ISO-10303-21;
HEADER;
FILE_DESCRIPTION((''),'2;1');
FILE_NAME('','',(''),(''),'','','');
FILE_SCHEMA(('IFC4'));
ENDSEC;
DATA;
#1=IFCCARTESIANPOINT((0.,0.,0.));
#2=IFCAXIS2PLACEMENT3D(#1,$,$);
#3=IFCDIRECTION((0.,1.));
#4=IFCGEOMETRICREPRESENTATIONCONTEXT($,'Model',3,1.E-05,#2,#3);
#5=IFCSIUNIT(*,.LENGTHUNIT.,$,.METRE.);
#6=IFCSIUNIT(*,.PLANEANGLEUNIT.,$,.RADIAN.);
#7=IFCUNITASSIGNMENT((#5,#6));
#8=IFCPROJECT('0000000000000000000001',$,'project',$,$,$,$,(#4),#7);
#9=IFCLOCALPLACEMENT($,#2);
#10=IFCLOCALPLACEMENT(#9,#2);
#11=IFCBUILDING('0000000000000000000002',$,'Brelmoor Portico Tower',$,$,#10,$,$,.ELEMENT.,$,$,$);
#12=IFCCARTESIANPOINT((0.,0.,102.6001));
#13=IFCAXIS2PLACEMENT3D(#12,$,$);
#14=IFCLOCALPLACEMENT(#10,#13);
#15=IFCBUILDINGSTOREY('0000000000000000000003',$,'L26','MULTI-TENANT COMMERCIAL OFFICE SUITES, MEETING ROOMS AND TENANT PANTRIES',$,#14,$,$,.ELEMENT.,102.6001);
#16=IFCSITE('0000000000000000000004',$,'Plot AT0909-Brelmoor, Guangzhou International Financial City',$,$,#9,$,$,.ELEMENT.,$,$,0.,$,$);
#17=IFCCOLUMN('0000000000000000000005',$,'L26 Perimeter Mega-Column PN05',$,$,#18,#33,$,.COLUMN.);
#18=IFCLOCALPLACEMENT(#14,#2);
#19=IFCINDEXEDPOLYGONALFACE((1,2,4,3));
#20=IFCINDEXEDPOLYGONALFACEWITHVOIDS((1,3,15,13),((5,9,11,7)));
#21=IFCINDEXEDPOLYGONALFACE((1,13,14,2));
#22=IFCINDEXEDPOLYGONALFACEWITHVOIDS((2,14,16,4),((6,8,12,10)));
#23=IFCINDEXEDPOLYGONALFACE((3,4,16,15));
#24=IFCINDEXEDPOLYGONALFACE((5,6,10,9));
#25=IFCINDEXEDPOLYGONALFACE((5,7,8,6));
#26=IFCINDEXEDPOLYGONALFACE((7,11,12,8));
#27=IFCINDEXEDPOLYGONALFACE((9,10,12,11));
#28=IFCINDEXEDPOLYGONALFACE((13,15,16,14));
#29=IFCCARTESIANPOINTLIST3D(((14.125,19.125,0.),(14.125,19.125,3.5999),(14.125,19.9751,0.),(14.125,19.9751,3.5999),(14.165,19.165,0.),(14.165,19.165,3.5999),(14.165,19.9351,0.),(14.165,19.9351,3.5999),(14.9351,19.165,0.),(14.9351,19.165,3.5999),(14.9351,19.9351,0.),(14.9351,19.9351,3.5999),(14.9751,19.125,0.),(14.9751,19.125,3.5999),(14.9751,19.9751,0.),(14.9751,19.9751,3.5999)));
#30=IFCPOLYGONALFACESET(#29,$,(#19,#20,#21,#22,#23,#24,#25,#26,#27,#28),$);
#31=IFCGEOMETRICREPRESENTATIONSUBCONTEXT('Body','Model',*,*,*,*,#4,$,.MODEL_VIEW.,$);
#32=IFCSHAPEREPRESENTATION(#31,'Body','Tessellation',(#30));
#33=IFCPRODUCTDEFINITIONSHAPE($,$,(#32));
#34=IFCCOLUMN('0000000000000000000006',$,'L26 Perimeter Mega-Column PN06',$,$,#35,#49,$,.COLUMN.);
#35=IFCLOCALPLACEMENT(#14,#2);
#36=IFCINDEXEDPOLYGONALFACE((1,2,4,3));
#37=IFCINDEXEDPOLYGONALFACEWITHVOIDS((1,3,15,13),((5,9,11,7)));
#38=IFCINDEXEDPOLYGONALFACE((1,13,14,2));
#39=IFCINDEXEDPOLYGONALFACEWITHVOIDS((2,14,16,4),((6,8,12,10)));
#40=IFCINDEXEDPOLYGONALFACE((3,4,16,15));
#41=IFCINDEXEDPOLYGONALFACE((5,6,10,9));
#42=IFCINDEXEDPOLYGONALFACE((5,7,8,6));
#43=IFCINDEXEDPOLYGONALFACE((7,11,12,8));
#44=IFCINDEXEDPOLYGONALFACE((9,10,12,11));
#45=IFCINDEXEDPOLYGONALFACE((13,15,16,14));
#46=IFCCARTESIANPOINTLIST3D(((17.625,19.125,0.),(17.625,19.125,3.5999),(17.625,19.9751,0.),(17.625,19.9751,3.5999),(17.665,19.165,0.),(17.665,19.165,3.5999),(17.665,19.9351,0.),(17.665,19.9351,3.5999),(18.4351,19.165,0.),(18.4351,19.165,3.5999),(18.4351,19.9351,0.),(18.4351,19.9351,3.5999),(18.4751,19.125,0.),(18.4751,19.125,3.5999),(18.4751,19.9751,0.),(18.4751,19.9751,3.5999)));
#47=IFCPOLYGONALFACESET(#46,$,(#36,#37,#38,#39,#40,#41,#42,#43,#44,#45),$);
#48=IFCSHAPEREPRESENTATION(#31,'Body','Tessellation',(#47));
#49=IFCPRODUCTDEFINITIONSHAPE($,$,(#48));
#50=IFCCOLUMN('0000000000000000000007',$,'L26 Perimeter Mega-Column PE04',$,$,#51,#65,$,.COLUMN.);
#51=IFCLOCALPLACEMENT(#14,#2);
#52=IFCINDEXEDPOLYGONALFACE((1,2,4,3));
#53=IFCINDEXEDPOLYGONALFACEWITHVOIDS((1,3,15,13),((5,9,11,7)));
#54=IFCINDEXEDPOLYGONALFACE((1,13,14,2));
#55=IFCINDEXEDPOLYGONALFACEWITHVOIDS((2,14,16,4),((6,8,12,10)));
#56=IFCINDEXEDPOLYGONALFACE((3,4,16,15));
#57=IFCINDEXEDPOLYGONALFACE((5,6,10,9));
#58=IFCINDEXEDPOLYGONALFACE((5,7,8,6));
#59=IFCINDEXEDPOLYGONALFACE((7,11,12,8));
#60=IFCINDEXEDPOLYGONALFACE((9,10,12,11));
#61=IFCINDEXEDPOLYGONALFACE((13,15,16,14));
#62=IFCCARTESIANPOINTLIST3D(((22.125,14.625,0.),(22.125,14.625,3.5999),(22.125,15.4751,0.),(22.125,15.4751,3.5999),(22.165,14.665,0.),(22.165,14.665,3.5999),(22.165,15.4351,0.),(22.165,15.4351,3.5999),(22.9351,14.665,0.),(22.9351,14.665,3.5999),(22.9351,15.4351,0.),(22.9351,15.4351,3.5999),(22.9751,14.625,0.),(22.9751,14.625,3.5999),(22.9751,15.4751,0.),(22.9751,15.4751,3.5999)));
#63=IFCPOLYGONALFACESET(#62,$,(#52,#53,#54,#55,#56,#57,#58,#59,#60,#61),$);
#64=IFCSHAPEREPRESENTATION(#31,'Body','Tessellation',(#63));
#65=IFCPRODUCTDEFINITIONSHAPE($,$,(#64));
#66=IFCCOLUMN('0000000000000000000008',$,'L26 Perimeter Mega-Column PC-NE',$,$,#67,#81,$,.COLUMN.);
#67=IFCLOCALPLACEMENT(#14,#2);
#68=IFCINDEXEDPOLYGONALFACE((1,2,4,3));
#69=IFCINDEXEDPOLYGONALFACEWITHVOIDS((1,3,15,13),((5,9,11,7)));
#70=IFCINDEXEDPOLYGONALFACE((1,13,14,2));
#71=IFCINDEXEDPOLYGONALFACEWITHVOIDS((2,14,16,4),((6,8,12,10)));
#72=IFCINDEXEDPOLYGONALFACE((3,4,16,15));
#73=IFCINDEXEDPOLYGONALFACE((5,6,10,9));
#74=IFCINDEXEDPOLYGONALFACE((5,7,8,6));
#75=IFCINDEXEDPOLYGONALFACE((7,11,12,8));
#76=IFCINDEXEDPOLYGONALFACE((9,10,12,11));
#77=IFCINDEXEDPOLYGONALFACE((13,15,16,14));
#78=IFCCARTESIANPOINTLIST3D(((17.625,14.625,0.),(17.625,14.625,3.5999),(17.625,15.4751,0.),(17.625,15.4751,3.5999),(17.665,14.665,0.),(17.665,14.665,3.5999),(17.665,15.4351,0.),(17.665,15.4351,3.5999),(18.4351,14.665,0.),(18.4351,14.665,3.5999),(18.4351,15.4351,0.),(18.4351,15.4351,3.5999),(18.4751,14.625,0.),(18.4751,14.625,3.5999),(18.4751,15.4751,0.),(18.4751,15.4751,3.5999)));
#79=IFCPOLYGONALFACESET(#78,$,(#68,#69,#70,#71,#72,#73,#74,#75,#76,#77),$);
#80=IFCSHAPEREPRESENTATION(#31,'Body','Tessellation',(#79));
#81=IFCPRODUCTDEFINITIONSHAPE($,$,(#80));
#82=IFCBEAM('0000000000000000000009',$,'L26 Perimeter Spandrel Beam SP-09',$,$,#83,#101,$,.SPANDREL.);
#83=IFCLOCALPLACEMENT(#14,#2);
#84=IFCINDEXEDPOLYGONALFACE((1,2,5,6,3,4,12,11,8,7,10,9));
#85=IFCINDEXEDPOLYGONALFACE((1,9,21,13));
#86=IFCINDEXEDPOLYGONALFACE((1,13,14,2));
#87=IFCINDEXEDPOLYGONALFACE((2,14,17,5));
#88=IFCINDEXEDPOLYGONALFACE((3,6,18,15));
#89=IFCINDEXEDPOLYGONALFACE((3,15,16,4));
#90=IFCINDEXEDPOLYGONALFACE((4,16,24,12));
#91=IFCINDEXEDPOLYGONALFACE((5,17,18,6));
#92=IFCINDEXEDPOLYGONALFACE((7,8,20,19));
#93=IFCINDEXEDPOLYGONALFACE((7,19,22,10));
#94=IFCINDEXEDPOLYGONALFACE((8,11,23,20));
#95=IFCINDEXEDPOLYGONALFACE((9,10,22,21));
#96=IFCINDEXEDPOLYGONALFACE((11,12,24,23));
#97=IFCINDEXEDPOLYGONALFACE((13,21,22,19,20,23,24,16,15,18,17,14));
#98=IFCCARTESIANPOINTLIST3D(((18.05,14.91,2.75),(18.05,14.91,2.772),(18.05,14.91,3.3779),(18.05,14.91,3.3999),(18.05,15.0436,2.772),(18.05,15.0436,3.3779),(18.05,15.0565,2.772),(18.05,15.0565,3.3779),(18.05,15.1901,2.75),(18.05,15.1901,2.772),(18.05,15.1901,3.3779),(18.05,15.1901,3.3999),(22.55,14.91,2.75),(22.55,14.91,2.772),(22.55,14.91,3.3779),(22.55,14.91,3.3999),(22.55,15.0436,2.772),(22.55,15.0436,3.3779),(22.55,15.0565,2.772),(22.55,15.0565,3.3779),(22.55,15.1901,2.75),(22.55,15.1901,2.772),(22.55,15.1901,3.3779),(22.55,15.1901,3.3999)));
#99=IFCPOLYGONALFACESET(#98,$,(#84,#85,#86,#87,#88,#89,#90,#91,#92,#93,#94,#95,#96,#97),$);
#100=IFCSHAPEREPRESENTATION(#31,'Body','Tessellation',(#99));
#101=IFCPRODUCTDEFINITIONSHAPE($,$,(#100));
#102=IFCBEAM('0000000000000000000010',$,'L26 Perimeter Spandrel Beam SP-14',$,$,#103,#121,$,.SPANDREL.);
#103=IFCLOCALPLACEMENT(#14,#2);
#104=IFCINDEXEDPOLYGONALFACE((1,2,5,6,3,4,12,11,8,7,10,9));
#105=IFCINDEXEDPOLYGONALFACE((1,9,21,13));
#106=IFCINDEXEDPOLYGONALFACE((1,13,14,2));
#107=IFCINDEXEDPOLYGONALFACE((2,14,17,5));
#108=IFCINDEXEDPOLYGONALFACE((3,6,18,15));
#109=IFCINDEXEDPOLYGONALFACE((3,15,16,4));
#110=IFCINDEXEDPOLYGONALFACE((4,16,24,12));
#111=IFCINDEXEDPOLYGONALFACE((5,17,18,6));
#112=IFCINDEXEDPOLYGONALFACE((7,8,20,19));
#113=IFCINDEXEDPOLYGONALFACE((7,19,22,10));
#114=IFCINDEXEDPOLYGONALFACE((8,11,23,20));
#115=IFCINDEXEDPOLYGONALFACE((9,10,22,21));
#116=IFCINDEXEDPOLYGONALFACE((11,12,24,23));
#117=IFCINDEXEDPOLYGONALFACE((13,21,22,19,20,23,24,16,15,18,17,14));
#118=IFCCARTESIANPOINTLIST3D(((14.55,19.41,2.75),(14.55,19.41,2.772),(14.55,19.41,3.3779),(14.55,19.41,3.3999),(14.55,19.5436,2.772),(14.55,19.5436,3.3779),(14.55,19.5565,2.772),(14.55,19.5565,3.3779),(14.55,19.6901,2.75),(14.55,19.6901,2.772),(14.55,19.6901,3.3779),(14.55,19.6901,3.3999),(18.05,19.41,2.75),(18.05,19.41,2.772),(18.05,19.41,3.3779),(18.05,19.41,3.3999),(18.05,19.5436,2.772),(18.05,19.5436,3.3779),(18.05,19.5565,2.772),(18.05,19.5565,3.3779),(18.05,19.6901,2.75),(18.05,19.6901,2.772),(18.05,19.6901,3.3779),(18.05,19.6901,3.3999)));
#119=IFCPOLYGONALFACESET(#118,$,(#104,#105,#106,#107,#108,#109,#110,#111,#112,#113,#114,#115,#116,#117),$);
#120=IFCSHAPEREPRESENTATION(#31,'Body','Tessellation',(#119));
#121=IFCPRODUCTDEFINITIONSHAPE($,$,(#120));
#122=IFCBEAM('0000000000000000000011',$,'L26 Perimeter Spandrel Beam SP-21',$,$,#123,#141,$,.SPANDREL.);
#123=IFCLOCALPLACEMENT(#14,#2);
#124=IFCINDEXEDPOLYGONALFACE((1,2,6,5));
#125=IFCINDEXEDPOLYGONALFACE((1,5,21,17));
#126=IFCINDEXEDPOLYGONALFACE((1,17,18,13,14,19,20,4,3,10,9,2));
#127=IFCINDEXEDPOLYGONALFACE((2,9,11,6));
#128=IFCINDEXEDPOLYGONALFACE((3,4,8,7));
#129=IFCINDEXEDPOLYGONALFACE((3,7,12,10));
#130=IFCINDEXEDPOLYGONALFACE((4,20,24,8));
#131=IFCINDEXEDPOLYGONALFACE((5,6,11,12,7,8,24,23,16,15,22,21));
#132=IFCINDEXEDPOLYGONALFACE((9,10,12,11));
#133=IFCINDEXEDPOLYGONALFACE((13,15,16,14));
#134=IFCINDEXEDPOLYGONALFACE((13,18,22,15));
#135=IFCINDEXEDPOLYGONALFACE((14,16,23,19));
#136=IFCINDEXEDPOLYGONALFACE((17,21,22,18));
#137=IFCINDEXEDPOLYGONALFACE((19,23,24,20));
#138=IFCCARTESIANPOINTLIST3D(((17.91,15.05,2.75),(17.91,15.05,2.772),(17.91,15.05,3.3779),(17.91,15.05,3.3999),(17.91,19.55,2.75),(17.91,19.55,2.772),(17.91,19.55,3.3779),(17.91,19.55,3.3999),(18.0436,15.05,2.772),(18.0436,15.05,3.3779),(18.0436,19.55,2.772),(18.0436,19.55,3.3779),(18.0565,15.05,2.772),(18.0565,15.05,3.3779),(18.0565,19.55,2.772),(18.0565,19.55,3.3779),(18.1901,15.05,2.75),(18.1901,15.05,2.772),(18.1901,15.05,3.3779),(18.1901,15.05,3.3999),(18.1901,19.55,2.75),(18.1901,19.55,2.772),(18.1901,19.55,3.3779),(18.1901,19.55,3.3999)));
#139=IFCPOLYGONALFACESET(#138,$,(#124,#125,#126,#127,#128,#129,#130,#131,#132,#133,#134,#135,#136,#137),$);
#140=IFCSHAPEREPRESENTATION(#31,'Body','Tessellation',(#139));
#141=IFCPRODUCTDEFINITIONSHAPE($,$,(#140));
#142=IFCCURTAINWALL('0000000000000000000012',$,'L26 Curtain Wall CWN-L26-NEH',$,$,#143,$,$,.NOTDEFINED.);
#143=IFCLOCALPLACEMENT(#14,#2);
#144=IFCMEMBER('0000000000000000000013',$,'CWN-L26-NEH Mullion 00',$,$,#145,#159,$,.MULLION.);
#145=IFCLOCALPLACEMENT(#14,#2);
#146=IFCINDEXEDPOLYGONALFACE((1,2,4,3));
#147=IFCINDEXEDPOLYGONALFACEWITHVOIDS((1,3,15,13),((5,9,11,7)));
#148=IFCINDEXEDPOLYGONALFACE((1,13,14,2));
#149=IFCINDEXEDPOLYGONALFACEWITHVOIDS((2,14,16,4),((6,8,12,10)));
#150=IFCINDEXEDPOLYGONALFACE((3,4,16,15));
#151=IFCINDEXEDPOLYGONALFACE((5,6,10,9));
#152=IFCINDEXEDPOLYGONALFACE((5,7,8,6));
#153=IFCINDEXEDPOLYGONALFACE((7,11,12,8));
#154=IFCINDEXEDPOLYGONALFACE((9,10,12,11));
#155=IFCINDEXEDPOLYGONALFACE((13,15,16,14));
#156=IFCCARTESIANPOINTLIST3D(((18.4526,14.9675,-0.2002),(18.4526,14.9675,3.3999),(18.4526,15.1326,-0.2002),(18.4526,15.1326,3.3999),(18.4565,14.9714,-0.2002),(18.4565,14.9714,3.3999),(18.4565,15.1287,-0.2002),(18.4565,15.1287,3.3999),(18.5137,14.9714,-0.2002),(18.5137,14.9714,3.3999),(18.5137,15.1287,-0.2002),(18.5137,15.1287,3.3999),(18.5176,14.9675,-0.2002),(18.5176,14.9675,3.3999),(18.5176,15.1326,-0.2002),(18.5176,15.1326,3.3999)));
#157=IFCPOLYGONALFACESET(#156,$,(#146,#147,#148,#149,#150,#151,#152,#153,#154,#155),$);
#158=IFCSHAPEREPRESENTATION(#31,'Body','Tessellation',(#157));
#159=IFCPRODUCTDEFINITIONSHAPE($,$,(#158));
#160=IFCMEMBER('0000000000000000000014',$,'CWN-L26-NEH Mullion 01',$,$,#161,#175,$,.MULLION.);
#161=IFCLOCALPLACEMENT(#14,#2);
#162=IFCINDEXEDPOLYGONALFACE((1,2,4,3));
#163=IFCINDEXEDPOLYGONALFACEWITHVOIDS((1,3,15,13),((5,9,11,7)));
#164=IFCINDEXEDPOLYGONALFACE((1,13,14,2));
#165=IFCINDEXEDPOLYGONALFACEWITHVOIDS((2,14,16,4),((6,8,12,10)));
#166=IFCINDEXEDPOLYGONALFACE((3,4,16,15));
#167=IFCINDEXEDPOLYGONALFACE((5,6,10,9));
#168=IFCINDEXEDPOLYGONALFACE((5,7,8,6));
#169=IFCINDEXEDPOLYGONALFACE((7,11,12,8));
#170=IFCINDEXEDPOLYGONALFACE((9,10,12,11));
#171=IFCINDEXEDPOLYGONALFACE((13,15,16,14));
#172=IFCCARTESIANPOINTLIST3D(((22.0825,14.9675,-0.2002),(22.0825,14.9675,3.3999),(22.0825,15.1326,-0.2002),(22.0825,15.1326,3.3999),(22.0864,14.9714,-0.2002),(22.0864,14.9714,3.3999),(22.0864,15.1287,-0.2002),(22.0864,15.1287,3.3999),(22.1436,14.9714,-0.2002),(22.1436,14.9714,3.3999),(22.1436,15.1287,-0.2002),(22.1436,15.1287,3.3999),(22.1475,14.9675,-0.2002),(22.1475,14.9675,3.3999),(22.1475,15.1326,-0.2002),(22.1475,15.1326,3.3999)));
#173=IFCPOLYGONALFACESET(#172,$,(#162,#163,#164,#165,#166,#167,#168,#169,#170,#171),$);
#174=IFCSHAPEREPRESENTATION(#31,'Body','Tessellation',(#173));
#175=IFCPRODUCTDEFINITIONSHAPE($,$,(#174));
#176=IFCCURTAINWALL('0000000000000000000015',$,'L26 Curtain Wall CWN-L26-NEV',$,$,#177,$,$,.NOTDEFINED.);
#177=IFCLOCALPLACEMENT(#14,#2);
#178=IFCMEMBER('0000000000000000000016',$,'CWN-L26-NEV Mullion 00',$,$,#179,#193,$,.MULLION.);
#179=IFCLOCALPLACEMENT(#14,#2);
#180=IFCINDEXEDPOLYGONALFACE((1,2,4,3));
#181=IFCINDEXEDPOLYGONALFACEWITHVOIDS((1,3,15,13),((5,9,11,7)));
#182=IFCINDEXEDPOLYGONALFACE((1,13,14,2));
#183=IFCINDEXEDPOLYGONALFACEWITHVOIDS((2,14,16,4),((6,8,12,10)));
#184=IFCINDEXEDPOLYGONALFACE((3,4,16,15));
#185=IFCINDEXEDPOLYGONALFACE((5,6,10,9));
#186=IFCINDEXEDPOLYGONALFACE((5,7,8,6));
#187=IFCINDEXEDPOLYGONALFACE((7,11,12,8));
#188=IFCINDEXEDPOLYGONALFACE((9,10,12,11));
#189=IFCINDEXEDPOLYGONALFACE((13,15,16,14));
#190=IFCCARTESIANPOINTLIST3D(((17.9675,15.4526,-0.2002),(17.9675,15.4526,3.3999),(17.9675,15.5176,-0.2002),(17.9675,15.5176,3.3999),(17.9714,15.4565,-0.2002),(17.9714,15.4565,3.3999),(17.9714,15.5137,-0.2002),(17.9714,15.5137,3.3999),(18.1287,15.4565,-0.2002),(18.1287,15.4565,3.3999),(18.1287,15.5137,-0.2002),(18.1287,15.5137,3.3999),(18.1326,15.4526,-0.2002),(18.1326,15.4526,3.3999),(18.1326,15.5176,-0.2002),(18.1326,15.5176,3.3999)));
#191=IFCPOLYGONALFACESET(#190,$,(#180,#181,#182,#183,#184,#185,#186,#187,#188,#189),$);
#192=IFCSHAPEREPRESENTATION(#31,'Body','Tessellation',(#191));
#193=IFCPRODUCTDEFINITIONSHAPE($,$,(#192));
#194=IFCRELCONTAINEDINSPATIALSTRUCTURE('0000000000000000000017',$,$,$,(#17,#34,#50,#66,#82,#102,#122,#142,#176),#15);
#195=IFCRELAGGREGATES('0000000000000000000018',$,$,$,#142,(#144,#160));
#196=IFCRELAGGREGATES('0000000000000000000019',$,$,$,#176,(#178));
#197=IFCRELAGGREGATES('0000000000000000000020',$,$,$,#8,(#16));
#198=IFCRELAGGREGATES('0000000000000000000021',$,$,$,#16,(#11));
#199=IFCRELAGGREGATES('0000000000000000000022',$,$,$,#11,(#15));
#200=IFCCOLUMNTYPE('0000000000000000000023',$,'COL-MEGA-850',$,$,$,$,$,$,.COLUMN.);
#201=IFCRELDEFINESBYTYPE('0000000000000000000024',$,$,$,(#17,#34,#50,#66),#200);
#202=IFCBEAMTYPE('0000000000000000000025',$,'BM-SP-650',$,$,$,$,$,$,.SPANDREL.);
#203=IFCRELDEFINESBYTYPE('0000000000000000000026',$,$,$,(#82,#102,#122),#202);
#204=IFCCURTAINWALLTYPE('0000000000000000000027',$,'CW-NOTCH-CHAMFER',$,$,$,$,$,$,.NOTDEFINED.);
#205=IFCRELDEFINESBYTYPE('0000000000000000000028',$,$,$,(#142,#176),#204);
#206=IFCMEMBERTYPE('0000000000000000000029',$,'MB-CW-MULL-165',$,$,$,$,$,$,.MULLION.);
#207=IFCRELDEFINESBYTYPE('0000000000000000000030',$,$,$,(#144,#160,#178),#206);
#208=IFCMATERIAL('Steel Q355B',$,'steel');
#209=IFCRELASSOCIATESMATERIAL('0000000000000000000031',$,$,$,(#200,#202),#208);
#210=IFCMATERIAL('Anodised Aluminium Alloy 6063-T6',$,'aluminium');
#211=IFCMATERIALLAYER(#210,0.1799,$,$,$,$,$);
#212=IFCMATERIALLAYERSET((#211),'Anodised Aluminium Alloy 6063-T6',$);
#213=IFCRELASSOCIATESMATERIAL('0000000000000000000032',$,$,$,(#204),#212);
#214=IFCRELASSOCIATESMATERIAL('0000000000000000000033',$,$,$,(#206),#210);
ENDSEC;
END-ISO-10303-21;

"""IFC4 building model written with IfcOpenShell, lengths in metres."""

from ifc_helpers import new_model, si_unit, direction, frame, origin, origin_2d, place, context, subcontext, project, spatial, hollow_rectangle, i_section, extrude, material, layer, layer_set, material_profile, profile_set, type_object, element, aggregate, save


model = new_model("IFC4")

# Units and contexts
model_context = context("Model", 3, precision=1e-05, world=origin(), true_north=direction((0.0, 1.0)))
body_context = subcontext(model_context, "Body", "Model", "MODEL_VIEW")
ifc_project = project(units=[si_unit("LENGTHUNIT", "METRE"), si_unit("PLANEANGLEUNIT", "RADIAN")], contexts=[model_context])

# Site, building, storey
site_placement = place(None, origin())
site = spatial("IfcSite", under=ifc_project, at=site_placement, Name="Plot AT0909-Brelmoor, Guangzhou International Financial City", CompositionType="ELEMENT", RefElevation=0.0)
building_placement = place(site_placement, origin())
building = spatial("IfcBuilding", under=site, at=building_placement, Name="Brelmoor Portico Tower", CompositionType="ELEMENT")
storey_placement = place(building_placement, frame((0.0, 0.0, 102.6001)))
storey = spatial("IfcBuildingStorey", under=building, at=storey_placement, Name="L26", Description="MULTI-TENANT COMMERCIAL OFFICE SUITES, MEETING ROOMS AND TENANT PANTRIES", CompositionType="ELEMENT", Elevation=102.6001)

# Columns
ifc_material_1 = material(Name="Steel Q355B", Category="steel")
ifc_material_profile_1 = material_profile(ifc_material_1, hollow_rectangle(XDim=0.8501, YDim=0.8501, WallThickness=0.04, at=origin_2d()), Name="BOX 850x850x40")
ifc_profile_set_1 = profile_set([ifc_material_profile_1], Name="Steel Q355B")
column_type = type_object("IfcColumnType", Name="COL-MEGA-850", PredefinedType="COLUMN", material=ifc_profile_set_1)
for number, where, z_axis, x_axis, name in (
    (1, (14.55, 19.55, 0.0), (0.0, 0.0, 1.0), (1.0, 0.0, 0.0), "L26 Perimeter Mega-Column PN05"),
    (2, (18.05, 19.55, 0.0), (0.0, 0.0, 1.0), (1.0, 0.0, 0.0), "L26 Perimeter Mega-Column PN06"),
    (3, (22.55, 15.05, 0.0), (0.0, 0.0, 1.0), (0.0, 1.0, 0.0), "L26 Perimeter Mega-Column PE04"),
    (4, (18.05, 15.05, 0.0), (0.0, 0.0, 1.0), (1.0, 0.0, 0.0), "L26 Perimeter Mega-Column PC-NE"),
):
    element("IfcColumn", number, at=place(storey_placement, frame(where, z_axis=z_axis, x_axis=x_axis)), inside=storey, type_object=column_type, Name=name, PredefinedType="COLUMN", context=body_context, shape_type="SweptSolid", body=[
        extrude(hollow_rectangle(XDim=0.8501, YDim=0.8501, WallThickness=0.04, at=origin_2d()), origin(), (0.0, 0.0, 1.0), 3.5999),
    ])

# Beams
ifc_material_profile_2 = material_profile(ifc_material_1, i_section(OverallWidth=0.28, OverallDepth=0.6499, WebThickness=0.0129, FlangeThickness=0.022, at=origin_2d()), Name="HN 650x280x13x22")
ifc_profile_set_2 = profile_set([ifc_material_profile_2], Name="Steel Q355B")
beam_type = type_object("IfcBeamType", Name="BM-SP-650", PredefinedType="SPANDREL", material=ifc_profile_set_2)
beam_1_placement = place(storey_placement, frame((18.05, 15.05, 3.075), z_axis=(1.0, 0.0, 0.0), x_axis=(0.0, 1.0, 0.0)))
element("IfcBeam", 5, at=beam_1_placement, inside=storey, type_object=beam_type, Name="L26 Perimeter Spandrel Beam SP-09", PredefinedType="SPANDREL", context=body_context, shape_type="SweptSolid", body=[
    extrude(i_section(OverallWidth=0.28, OverallDepth=0.6499, WebThickness=0.0129, FlangeThickness=0.022, at=origin_2d()), origin(), (0.0, 0.0, 1.0), 4.5),
])
beam_2_placement = place(storey_placement, frame((14.55, 19.55, 3.075), z_axis=(1.0, 0.0, 0.0), x_axis=(0.0, 1.0, 0.0)))
element("IfcBeam", 6, at=beam_2_placement, inside=storey, type_object=beam_type, Name="L26 Perimeter Spandrel Beam SP-14", PredefinedType="SPANDREL", context=body_context, shape_type="SweptSolid", body=[
    extrude(i_section(OverallWidth=0.28, OverallDepth=0.6499, WebThickness=0.0129, FlangeThickness=0.022, at=origin_2d()), origin(), (0.0, 0.0, 1.0), 3.5),
])
beam_3_placement = place(storey_placement, frame((18.05, 15.05, 3.075), z_axis=(0.0, 1.0, 0.0), x_axis=(-1.0, 0.0, 0.0)))
element("IfcBeam", 7, at=beam_3_placement, inside=storey, type_object=beam_type, Name="L26 Perimeter Spandrel Beam SP-21", PredefinedType="SPANDREL", context=body_context, shape_type="SweptSolid", body=[
    extrude(i_section(OverallWidth=0.28, OverallDepth=0.6499, WebThickness=0.0129, FlangeThickness=0.022, at=origin_2d()), origin(), (0.0, 0.0, 1.0), 4.5),
])

# Curtain walls, members
ifc_material_2 = material(Name="Anodised Aluminium Alloy 6063-T6", Category="aluminium")
ifc_layer_1 = layer(ifc_material_2, 0.1799)
ifc_layer_set_1 = layer_set([ifc_layer_1], Name="Anodised Aluminium Alloy 6063-T6")
curtain_wall_type_1 = type_object("IfcCurtainWallType", Name="CW-NOTCH-CHAMFER", PredefinedType="NOTDEFINED", material=ifc_layer_set_1)
curtain_wall_1_placement = place(storey_placement, origin())
curtain_wall_1 = element("IfcCurtainWall", 8, at=curtain_wall_1_placement, inside=storey, type_object=curtain_wall_type_1, Name="L26 Curtain Wall CWN-L26-NEH", PredefinedType="NOTDEFINED")
ifc_material_profile_3 = material_profile(ifc_material_2, hollow_rectangle(XDim=0.0649, YDim=0.165, WallThickness=0.0039, at=origin_2d()), Name="ALU MULLION 65x165")
ifc_profile_set_3 = profile_set([ifc_material_profile_3], Name="Anodised Aluminium Alloy 6063-T6")
member_type_1 = type_object("IfcMemberType", Name="MB-CW-MULL-165", PredefinedType="MULLION", material=ifc_profile_set_3)
member_1_placement = place(storey_placement, frame((18.4851, 15.05, -0.2002), z_axis=(0.0, 0.0, 1.0), x_axis=(1.0, 0.0, 0.0)))
member_1 = element("IfcMember", 9, at=member_1_placement, type_object=member_type_1, Name="CWN-L26-NEH Mullion 00", PredefinedType="MULLION", context=body_context, shape_type="SweptSolid", body=[
    extrude(hollow_rectangle(XDim=0.0649, YDim=0.165, WallThickness=0.0039, at=origin_2d()), origin(), (0.0, 0.0, 1.0), 3.6001),
])
member_2_placement = place(storey_placement, frame((22.115, 15.05, -0.2002), z_axis=(0.0, 0.0, 1.0), x_axis=(1.0, 0.0, 0.0)))
member_2 = element("IfcMember", 10, at=member_2_placement, type_object=member_type_1, Name="CWN-L26-NEH Mullion 01", PredefinedType="MULLION", context=body_context, shape_type="SweptSolid", body=[
    extrude(hollow_rectangle(XDim=0.0649, YDim=0.165, WallThickness=0.0039, at=origin_2d()), origin(), (0.0, 0.0, 1.0), 3.6001),
])
curtain_wall_2_placement = place(storey_placement, origin())
curtain_wall_2 = element("IfcCurtainWall", 11, at=curtain_wall_2_placement, inside=storey, type_object=curtain_wall_type_1, Name="L26 Curtain Wall CWN-L26-NEV", PredefinedType="NOTDEFINED")
member_3_placement = place(storey_placement, frame((18.05, 15.4851, -0.2002), z_axis=(0.0, 0.0, 1.0), x_axis=(0.0, 1.0, 0.0)))
member_3 = element("IfcMember", 12, at=member_3_placement, type_object=member_type_1, Name="CWN-L26-NEV Mullion 00", PredefinedType="MULLION", context=body_context, shape_type="SweptSolid", body=[
    extrude(hollow_rectangle(XDim=0.0649, YDim=0.165, WallThickness=0.0039, at=origin_2d()), origin(), (0.0, 0.0, 1.0), 3.6001),
])

aggregate(curtain_wall_1, [member_1, member_2])
aggregate(curtain_wall_2, [member_3])

save(model, "model.ifc")
